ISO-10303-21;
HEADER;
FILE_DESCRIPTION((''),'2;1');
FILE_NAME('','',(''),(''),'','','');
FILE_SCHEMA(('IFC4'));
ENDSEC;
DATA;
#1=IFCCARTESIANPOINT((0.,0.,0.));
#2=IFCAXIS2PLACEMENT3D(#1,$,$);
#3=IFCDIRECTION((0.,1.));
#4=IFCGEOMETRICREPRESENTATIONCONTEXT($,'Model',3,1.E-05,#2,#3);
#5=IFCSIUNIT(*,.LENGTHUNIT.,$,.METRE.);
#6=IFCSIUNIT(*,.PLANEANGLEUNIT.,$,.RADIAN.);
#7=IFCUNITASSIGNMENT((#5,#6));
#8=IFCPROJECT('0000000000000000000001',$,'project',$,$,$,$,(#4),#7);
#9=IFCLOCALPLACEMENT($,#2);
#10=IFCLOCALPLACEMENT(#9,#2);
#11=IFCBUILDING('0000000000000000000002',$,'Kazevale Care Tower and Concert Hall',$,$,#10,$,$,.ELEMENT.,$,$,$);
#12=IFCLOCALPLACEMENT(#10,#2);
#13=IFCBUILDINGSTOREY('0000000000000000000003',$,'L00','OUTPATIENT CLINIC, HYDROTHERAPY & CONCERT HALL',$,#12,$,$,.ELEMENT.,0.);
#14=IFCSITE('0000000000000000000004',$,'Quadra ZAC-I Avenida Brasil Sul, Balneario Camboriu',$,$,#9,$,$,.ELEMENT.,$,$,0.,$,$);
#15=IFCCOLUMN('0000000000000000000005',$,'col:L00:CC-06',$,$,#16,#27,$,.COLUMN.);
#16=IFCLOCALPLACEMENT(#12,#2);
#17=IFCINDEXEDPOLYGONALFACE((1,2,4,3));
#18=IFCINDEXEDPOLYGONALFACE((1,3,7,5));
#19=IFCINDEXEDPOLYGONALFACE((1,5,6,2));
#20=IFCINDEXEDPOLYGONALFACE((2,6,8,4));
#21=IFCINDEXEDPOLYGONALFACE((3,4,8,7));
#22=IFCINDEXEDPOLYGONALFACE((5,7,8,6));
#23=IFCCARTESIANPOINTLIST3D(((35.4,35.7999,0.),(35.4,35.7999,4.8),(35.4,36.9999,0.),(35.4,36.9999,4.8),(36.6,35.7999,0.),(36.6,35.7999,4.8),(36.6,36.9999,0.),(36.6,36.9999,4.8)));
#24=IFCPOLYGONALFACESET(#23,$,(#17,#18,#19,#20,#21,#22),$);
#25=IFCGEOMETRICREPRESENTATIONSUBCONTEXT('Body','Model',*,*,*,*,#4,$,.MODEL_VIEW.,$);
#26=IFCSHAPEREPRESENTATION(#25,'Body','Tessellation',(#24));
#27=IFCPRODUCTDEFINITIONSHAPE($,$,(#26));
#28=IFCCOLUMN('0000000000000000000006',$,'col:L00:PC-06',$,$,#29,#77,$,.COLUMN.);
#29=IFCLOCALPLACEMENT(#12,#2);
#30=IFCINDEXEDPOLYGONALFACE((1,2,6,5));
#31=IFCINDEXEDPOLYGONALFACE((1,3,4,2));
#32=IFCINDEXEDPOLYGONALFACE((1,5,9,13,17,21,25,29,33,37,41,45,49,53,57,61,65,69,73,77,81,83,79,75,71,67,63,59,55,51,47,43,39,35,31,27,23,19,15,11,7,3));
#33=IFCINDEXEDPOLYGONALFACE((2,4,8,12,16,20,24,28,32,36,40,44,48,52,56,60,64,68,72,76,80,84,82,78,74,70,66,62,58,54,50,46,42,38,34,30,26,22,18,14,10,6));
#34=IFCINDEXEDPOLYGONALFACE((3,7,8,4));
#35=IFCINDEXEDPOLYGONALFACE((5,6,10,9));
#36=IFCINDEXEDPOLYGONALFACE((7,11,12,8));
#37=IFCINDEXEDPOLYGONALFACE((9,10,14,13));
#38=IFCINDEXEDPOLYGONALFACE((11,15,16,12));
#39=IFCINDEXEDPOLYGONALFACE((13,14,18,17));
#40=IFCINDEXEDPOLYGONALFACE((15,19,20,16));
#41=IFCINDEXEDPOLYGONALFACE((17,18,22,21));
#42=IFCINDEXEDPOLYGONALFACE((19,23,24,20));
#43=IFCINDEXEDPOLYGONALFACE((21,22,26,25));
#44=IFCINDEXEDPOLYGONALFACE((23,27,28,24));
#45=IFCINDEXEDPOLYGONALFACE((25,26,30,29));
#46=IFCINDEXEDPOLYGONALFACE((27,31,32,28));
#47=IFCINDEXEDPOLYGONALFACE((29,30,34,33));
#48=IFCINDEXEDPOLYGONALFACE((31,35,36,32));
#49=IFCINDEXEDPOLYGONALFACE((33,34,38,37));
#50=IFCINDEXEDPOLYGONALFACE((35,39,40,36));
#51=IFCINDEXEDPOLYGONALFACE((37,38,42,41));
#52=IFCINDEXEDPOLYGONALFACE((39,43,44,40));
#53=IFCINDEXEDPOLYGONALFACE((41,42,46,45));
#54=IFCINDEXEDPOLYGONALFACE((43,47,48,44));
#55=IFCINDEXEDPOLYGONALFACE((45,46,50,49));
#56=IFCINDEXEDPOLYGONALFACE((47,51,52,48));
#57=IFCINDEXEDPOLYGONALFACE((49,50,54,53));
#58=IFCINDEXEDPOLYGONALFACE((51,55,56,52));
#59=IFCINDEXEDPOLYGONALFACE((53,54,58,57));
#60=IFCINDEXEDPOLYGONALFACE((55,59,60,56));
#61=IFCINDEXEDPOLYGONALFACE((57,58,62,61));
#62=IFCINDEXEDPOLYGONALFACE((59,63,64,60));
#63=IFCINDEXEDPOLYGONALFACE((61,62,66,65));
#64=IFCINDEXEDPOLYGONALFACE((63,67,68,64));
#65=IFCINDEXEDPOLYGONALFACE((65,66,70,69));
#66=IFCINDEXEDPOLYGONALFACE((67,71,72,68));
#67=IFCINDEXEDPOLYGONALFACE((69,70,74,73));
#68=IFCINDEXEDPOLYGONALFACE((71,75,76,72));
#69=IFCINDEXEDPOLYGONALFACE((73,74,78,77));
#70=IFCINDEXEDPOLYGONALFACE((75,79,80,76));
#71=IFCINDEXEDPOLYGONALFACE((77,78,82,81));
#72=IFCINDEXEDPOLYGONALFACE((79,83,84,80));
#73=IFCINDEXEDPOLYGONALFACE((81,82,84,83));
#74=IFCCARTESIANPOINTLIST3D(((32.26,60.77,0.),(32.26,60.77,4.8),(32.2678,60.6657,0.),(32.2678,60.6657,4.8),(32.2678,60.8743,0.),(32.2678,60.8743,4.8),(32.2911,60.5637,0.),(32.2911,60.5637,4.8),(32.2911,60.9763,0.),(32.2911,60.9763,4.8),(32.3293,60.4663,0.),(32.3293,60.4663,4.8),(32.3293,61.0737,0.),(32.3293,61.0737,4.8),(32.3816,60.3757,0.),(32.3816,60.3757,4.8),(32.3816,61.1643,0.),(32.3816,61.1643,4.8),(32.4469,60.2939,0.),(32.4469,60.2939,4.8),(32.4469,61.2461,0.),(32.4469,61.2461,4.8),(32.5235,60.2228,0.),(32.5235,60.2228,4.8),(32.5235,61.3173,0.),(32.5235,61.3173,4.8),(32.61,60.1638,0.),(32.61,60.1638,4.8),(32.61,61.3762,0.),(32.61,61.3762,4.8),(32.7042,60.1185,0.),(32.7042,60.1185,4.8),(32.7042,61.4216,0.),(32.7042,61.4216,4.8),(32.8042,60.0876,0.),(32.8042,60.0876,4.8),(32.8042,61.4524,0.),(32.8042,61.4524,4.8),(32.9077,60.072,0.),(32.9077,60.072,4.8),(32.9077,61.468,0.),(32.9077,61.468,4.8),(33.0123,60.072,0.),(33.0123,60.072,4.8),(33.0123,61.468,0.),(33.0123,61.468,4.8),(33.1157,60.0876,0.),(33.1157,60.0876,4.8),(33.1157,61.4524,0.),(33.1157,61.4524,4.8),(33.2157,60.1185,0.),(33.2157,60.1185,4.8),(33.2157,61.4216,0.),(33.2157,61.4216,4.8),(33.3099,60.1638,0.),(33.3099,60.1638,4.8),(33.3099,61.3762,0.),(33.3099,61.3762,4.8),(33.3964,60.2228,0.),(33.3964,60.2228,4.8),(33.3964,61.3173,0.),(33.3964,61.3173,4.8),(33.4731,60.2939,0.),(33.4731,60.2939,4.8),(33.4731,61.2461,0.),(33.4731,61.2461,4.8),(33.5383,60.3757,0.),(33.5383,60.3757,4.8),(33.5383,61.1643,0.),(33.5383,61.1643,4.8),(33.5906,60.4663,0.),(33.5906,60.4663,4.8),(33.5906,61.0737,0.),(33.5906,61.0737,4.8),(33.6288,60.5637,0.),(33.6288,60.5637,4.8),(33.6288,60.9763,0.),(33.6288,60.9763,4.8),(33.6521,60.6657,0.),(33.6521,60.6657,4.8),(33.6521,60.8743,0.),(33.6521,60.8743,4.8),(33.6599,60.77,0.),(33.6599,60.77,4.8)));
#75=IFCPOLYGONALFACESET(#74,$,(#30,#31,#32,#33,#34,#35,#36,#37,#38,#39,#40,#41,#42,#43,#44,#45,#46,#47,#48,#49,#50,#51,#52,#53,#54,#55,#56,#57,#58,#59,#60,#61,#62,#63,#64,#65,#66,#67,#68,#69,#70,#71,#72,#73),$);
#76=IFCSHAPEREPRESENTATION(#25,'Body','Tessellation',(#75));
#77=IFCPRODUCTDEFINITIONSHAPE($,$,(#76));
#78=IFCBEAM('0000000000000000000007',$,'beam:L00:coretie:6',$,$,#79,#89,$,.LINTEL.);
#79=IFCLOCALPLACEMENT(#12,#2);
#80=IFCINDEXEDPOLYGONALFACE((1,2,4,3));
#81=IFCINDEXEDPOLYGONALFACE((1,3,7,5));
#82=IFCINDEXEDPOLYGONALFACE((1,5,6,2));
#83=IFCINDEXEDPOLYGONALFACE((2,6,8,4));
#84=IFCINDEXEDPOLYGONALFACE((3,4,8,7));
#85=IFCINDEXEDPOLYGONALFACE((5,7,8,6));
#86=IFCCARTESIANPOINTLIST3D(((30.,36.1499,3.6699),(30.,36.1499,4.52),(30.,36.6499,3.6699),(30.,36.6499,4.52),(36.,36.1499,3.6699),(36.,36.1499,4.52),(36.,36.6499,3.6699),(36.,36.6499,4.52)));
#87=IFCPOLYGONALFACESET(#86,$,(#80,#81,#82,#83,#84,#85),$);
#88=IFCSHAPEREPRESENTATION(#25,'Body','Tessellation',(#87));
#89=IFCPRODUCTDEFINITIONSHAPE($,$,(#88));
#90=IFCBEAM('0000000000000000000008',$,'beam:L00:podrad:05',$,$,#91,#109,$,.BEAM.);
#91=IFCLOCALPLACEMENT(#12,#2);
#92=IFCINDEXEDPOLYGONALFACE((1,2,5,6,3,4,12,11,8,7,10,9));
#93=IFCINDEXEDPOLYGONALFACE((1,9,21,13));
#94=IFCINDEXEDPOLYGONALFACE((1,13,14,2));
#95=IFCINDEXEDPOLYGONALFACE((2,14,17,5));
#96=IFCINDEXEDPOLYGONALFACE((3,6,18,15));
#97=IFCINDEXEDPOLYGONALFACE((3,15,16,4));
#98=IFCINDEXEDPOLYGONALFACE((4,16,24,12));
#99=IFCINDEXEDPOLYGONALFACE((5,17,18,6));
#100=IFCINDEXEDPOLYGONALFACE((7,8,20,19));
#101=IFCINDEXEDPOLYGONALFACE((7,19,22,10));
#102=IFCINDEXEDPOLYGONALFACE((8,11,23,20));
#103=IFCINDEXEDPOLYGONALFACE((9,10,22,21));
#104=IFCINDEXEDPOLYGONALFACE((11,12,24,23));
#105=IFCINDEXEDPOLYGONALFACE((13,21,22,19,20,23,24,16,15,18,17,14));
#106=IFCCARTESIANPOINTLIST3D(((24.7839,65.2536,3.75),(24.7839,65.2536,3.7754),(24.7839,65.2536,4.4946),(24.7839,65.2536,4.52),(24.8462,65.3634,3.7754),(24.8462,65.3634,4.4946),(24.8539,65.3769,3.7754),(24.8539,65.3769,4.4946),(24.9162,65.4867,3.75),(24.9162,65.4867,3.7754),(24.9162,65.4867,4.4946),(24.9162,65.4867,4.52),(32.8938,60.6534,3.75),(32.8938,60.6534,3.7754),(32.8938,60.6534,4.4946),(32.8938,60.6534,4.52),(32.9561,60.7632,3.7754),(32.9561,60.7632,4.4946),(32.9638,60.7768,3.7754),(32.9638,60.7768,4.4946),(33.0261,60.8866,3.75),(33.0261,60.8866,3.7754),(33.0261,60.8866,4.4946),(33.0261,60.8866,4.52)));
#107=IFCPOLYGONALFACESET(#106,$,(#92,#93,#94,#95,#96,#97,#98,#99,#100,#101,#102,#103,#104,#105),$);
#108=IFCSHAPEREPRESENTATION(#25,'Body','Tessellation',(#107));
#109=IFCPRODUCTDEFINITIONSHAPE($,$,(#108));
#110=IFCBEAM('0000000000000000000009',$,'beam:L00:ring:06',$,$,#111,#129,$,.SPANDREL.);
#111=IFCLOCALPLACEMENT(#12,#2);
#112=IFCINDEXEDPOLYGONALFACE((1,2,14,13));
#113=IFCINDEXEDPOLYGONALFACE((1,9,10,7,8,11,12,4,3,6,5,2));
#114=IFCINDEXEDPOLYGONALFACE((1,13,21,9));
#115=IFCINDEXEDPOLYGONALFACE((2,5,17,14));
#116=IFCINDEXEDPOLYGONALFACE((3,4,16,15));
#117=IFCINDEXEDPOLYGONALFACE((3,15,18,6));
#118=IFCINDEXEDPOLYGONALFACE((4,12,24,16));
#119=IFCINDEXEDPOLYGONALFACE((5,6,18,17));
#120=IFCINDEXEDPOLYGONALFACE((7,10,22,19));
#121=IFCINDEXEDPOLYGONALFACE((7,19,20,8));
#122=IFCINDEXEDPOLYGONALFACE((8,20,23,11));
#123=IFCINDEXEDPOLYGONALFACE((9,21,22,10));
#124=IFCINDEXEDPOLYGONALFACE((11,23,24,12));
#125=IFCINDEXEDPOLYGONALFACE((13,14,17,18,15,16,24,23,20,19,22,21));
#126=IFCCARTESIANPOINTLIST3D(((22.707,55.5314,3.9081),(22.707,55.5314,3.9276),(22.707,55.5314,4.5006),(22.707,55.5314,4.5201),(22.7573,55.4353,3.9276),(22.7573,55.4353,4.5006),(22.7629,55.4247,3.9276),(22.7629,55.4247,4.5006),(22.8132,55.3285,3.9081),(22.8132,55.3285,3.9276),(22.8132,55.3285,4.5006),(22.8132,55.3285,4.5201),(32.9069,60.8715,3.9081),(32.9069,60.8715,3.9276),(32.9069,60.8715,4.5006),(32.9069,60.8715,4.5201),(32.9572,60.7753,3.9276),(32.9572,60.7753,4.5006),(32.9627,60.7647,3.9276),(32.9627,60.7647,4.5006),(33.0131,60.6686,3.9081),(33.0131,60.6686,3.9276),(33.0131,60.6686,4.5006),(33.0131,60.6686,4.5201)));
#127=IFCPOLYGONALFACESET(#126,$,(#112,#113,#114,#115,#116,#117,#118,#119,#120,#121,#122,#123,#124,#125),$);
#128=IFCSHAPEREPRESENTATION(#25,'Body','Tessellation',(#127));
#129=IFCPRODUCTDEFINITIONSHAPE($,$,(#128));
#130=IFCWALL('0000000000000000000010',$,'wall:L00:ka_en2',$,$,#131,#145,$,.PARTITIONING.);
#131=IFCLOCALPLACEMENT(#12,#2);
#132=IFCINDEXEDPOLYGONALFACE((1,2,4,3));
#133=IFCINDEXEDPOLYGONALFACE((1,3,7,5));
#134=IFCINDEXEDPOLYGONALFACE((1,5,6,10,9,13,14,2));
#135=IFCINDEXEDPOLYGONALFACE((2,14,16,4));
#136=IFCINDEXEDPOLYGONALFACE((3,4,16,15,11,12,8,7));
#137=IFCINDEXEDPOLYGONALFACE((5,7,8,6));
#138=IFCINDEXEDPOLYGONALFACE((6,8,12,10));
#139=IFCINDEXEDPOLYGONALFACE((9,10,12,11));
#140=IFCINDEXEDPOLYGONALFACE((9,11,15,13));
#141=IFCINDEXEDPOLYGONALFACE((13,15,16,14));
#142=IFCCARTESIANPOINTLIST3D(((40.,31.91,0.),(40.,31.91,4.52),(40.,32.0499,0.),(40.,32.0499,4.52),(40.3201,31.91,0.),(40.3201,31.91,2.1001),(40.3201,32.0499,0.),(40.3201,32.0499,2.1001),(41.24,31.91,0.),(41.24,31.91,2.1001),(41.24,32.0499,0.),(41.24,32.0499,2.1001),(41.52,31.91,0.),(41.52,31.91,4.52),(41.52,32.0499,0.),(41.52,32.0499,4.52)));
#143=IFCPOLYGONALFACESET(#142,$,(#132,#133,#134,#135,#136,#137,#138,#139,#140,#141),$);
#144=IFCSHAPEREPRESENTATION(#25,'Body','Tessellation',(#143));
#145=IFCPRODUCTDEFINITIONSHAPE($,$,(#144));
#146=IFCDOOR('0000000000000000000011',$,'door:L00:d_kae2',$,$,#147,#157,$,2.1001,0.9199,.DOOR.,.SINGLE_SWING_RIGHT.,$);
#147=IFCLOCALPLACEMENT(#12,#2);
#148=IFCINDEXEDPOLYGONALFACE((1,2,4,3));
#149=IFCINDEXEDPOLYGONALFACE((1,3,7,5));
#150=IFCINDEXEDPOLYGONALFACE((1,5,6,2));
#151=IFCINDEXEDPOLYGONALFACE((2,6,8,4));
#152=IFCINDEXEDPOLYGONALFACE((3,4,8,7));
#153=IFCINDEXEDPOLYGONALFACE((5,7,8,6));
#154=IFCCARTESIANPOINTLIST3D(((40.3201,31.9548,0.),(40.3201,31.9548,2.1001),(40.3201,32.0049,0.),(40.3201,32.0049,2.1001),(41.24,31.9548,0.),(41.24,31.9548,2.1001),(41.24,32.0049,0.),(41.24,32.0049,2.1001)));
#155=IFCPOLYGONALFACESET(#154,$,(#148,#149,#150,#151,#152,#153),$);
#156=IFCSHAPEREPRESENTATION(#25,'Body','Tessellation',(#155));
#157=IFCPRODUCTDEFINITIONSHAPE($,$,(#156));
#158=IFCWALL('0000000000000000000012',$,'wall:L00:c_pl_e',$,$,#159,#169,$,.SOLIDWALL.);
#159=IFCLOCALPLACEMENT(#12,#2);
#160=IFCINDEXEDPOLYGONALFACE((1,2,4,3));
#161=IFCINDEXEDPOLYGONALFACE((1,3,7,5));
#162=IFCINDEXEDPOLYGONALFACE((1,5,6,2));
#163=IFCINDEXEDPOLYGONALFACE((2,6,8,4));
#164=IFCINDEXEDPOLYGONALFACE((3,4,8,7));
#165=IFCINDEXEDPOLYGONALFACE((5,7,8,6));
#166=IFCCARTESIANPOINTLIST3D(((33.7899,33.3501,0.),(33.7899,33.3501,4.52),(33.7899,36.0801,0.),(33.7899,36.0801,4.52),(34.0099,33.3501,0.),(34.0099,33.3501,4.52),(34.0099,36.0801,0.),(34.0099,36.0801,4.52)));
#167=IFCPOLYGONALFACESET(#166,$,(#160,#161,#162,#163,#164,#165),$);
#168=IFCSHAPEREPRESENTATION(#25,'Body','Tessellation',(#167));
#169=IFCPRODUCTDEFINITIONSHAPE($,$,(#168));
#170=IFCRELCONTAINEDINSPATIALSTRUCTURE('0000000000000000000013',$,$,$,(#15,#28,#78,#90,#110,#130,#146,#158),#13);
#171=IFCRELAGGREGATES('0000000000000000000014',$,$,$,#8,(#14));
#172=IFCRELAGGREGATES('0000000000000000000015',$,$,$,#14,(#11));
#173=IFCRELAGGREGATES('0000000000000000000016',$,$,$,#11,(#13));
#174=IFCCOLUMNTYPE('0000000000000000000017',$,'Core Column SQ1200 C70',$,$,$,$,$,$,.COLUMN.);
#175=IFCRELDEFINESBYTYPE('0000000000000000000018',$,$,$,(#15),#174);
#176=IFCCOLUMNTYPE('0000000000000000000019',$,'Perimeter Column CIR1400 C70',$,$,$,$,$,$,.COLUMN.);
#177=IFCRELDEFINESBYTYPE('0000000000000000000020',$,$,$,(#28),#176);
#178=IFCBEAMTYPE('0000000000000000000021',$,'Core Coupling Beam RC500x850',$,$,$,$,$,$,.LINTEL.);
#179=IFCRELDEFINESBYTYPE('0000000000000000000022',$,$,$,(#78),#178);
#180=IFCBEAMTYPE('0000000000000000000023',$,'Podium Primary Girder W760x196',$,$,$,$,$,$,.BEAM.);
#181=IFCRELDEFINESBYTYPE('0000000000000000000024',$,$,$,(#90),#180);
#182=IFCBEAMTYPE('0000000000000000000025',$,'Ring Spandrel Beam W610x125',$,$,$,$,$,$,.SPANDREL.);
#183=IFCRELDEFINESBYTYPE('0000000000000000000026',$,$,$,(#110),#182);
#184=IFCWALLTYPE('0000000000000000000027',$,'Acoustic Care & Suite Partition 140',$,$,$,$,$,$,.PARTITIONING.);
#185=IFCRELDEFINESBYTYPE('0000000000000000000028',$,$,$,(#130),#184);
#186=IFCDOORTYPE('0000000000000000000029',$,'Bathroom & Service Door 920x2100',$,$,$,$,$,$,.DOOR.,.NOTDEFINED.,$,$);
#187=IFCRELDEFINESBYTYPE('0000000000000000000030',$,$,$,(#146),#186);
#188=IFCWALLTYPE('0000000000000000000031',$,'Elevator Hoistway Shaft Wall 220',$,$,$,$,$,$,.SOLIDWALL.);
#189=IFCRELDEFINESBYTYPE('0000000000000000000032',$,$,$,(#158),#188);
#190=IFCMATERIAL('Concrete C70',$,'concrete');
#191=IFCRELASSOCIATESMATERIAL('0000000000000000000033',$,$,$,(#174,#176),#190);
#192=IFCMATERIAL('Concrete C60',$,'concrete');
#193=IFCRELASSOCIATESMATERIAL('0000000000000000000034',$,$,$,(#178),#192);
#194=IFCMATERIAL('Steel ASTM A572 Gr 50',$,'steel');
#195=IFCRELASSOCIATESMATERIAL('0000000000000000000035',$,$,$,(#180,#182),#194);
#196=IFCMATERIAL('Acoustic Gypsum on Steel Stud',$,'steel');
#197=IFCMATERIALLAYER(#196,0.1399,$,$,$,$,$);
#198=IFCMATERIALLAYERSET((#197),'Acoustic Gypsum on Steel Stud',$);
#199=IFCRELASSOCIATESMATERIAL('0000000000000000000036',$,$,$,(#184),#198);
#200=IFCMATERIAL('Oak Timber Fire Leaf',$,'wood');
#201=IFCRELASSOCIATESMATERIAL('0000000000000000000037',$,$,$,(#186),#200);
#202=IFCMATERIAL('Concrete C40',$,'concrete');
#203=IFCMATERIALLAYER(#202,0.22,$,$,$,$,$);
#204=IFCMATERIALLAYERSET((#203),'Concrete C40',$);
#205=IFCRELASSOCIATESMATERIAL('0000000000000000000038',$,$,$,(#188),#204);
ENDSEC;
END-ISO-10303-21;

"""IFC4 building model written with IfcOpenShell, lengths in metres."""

from ifc_helpers import new_model, si_unit, direction, frame, frame_2d, origin, origin_2d, place, context, subcontext, project, spatial, rectangle, circle, i_section, extrude, material, layer, layer_set, material_profile, profile_set, type_object, element, fill, save


model = new_model("IFC4")

# Units and contexts
model_context = context("Model", 3, precision=1e-05, world=origin(), true_north=direction((0.0, 1.0)))
body_context = subcontext(model_context, "Body", "Model", "MODEL_VIEW")
ifc_project = project(units=[si_unit("LENGTHUNIT", "METRE"), si_unit("PLANEANGLEUNIT", "RADIAN")], contexts=[model_context])

# Site, building, storey
site_placement = place(None, origin())
site = spatial("IfcSite", under=ifc_project, at=site_placement, Name="Quadra ZAC-I Avenida Brasil Sul, Balneario Camboriu", CompositionType="ELEMENT", RefElevation=0.0)
building_placement = place(site_placement, origin())
building = spatial("IfcBuilding", under=site, at=building_placement, Name="Kazevale Care Tower and Concert Hall", CompositionType="ELEMENT")
storey_placement = place(building_placement, origin())
storey = spatial("IfcBuildingStorey", under=building, at=storey_placement, Name="L00", Description="OUTPATIENT CLINIC, HYDROTHERAPY & CONCERT HALL", CompositionType="ELEMENT", Elevation=0.0)

# Columns
ifc_material_1 = material(Name="Concrete C70", Category="concrete")
ifc_material_profile_1 = material_profile(ifc_material_1, rectangle(XDim=1.2, YDim=1.2, at=origin_2d()), Name="RC-SQ1200")
ifc_profile_set_1 = profile_set([ifc_material_profile_1], Name="Concrete C70")
column_type_1 = type_object("IfcColumnType", Name="Core Column SQ1200 C70", PredefinedType="COLUMN", material=ifc_profile_set_1)
column_1_placement = place(storey_placement, frame((36.0, 36.3999, 0.0), z_axis=(0.0, 0.0, 1.0), x_axis=(1.0, 0.0, 0.0)))
element("IfcColumn", 1, at=column_1_placement, inside=storey, type_object=column_type_1, Name="col:L00:CC-06", PredefinedType="COLUMN", context=body_context, shape_type="SweptSolid", body=[
    extrude(rectangle(XDim=1.2, YDim=1.2, at=origin_2d()), origin(), (0.0, 0.0, 1.0), 4.8),
])
ifc_material_profile_2 = material_profile(ifc_material_1, circle(Radius=0.7, at=origin_2d()), Name="RC-CIR1400")
ifc_profile_set_2 = profile_set([ifc_material_profile_2], Name="Concrete C70")
column_type_2 = type_object("IfcColumnType", Name="Perimeter Column CIR1400 C70", PredefinedType="COLUMN", material=ifc_profile_set_2)
column_2_placement = place(storey_placement, frame((32.96, 60.77, 0.0), z_axis=(0.0, 0.0, 1.0), x_axis=(1.0, 0.0, 0.0)))
element("IfcColumn", 2, at=column_2_placement, inside=storey, type_object=column_type_2, Name="col:L00:PC-06", PredefinedType="COLUMN", context=body_context, shape_type="SweptSolid", body=[
    extrude(circle(Radius=0.7, at=origin_2d()), origin(), (0.0, 0.0, 1.0), 4.8),
])

# Beams
ifc_material_2 = material(Name="Concrete C60", Category="concrete")
ifc_material_profile_3 = material_profile(ifc_material_2, rectangle(XDim=0.5, YDim=0.8501, at=origin_2d()), Name="RC-B500x850")
ifc_profile_set_3 = profile_set([ifc_material_profile_3], Name="Concrete C60")
beam_type_1 = type_object("IfcBeamType", Name="Core Coupling Beam RC500x850", PredefinedType="LINTEL", material=ifc_profile_set_3)
beam_1_placement = place(storey_placement, frame((36.0, 36.3999, 4.095), z_axis=(-1.0, 0.0, 0.0), x_axis=(0.0, -1.0, 0.0)))
element("IfcBeam", 3, at=beam_1_placement, inside=storey, type_object=beam_type_1, Name="beam:L00:coretie:6", PredefinedType="LINTEL", context=body_context, shape_type="SweptSolid", body=[
    extrude(rectangle(XDim=0.5, YDim=0.8501, at=origin_2d()), origin(), (0.0, 0.0, 1.0), 6.0),
])
ifc_material_3 = material(Name="Steel ASTM A572 Gr 50", Category="steel")
ifc_material_profile_4 = material_profile(ifc_material_3, i_section(OverallWidth=0.2681, OverallDepth=0.77, WebThickness=0.0156, FlangeThickness=0.0254, at=origin_2d()), Name="W760x196")
ifc_profile_set_4 = profile_set([ifc_material_profile_4], Name="Steel ASTM A572 Gr 50")
beam_type_2 = type_object("IfcBeamType", Name="Podium Primary Girder W760x196", PredefinedType="BEAM", material=ifc_profile_set_4)
beam_2_placement = place(storey_placement, frame((32.96, 60.77, 4.135), z_axis=(-0.869815, 0.493379, 0.0), x_axis=(-0.493379, -0.869815, 0.0)))
element("IfcBeam", 4, at=beam_2_placement, inside=storey, type_object=beam_type_2, Name="beam:L00:podrad:05", PredefinedType="BEAM", context=body_context, shape_type="SweptSolid", body=[
    extrude(i_section(OverallWidth=0.2681, OverallDepth=0.77, WebThickness=0.0156, FlangeThickness=0.0254, at=origin_2d()), origin(), (0.0, 0.0, 1.0), 9.3237),
])
ifc_material_profile_5 = material_profile(ifc_material_3, i_section(OverallWidth=0.229, OverallDepth=0.6121, WebThickness=0.012, FlangeThickness=0.0195, at=origin_2d()), Name="W610x125")
ifc_profile_set_5 = profile_set([ifc_material_profile_5], Name="Steel ASTM A572 Gr 50")
beam_type_3 = type_object("IfcBeamType", Name="Ring Spandrel Beam W610x125", PredefinedType="SPANDREL", material=ifc_profile_set_5)
beam_3_placement = place(storey_placement, frame((32.96, 60.77, 4.2141), z_axis=(-0.885929, -0.46382, 0.0), x_axis=(0.46382, -0.885929, 0.0)))
element("IfcBeam", 5, at=beam_3_placement, inside=storey, type_object=beam_type_3, Name="beam:L00:ring:06", PredefinedType="SPANDREL", context=body_context, shape_type="SweptSolid", body=[
    extrude(i_section(OverallWidth=0.229, OverallDepth=0.6121, WebThickness=0.012, FlangeThickness=0.0195, at=origin_2d()), origin(), (0.0, 0.0, 1.0), 11.5132),
])

# Wall, opening, door
ifc_material_4 = material(Name="Acoustic Gypsum on Steel Stud", Category="steel")
ifc_layer_1 = layer(ifc_material_4, 0.1399)
ifc_layer_set_1 = layer_set([ifc_layer_1], Name="Acoustic Gypsum on Steel Stud")
wall_type_1 = type_object("IfcWallType", Name="Acoustic Care & Suite Partition 140", PredefinedType="PARTITIONING", material=ifc_layer_set_1)
wall_1_placement = place(storey_placement, frame((40.0, 31.98, 0.0), z_axis=(0.0, 0.0, 1.0), x_axis=(1.0, 0.0, 0.0)))
wall_1 = element("IfcWall", 6, at=wall_1_placement, inside=storey, type_object=wall_type_1, Name="wall:L00:ka_en2", PredefinedType="PARTITIONING", context=body_context, shape_type="SweptSolid", body=[
    extrude(rectangle(XDim=1.52, YDim=0.1399, at=frame_2d((0.76, 0.0))), origin(), (0.0, 0.0, 1.0), 4.52),
])
opening_1_placement = place(wall_1_placement, frame((0.3201, 0.0, 0.0)))
opening_1 = element("IfcOpeningElement", 7, at=opening_1_placement, cuts=wall_1, PredefinedType="OPENING", context=body_context, shape_type="SweptSolid", body=[
    extrude(rectangle(XDim=0.9199, YDim=2.1001, at=frame_2d((0.46, 1.05))), frame((0.0, 0.0798, 0.0), z_axis=(0.0, -1.0, 0.0), x_axis=(1.0, 0.0, 0.0)), (0.0, 0.0, 1.0), 0.1599),
])
ifc_material_5 = material(Name="Oak Timber Fire Leaf", Category="wood")
door_type_1 = type_object("IfcDoorType", Name="Bathroom & Service Door 920x2100", OperationType="NOTDEFINED", PredefinedType="DOOR", material=ifc_material_5)
door_1_placement = place(opening_1_placement, origin())
door_1 = element("IfcDoor", 8, at=door_1_placement, inside=storey, type_object=door_type_1, Name="door:L00:d_kae2", OperationType="SINGLE_SWING_RIGHT", OverallHeight=2.1001, OverallWidth=0.9199, PredefinedType="DOOR", context=body_context, shape_type="SweptSolid", body=[
    extrude(rectangle(XDim=0.9199, YDim=2.1001, at=frame_2d((0.46, 1.05))), frame((0.0, 0.0249, 0.0), z_axis=(0.0, -1.0, 0.0), x_axis=(1.0, 0.0, 0.0)), (0.0, 0.0, 1.0), 0.05),
])
fill(opening_1, door_1)

# Wall
ifc_material_6 = material(Name="Concrete C40", Category="concrete")
ifc_layer_2 = layer(ifc_material_6, 0.22)
ifc_layer_set_2 = layer_set([ifc_layer_2], Name="Concrete C40")
wall_type_2 = type_object("IfcWallType", Name="Elevator Hoistway Shaft Wall 220", PredefinedType="SOLIDWALL", material=ifc_layer_set_2)
wall_2_placement = place(storey_placement, frame((33.8999, 33.3501, 0.0), z_axis=(0.0, 0.0, 1.0), x_axis=(0.0, 1.0, 0.0)))
element("IfcWall", 9, at=wall_2_placement, inside=storey, type_object=wall_type_2, Name="wall:L00:c_pl_e", PredefinedType="SOLIDWALL", context=body_context, shape_type="SweptSolid", body=[
    extrude(rectangle(XDim=2.73, YDim=0.22, at=frame_2d((1.365, 0.0))), origin(), (0.0, 0.0, 1.0), 4.52),
])

save(model, "model.ifc")
